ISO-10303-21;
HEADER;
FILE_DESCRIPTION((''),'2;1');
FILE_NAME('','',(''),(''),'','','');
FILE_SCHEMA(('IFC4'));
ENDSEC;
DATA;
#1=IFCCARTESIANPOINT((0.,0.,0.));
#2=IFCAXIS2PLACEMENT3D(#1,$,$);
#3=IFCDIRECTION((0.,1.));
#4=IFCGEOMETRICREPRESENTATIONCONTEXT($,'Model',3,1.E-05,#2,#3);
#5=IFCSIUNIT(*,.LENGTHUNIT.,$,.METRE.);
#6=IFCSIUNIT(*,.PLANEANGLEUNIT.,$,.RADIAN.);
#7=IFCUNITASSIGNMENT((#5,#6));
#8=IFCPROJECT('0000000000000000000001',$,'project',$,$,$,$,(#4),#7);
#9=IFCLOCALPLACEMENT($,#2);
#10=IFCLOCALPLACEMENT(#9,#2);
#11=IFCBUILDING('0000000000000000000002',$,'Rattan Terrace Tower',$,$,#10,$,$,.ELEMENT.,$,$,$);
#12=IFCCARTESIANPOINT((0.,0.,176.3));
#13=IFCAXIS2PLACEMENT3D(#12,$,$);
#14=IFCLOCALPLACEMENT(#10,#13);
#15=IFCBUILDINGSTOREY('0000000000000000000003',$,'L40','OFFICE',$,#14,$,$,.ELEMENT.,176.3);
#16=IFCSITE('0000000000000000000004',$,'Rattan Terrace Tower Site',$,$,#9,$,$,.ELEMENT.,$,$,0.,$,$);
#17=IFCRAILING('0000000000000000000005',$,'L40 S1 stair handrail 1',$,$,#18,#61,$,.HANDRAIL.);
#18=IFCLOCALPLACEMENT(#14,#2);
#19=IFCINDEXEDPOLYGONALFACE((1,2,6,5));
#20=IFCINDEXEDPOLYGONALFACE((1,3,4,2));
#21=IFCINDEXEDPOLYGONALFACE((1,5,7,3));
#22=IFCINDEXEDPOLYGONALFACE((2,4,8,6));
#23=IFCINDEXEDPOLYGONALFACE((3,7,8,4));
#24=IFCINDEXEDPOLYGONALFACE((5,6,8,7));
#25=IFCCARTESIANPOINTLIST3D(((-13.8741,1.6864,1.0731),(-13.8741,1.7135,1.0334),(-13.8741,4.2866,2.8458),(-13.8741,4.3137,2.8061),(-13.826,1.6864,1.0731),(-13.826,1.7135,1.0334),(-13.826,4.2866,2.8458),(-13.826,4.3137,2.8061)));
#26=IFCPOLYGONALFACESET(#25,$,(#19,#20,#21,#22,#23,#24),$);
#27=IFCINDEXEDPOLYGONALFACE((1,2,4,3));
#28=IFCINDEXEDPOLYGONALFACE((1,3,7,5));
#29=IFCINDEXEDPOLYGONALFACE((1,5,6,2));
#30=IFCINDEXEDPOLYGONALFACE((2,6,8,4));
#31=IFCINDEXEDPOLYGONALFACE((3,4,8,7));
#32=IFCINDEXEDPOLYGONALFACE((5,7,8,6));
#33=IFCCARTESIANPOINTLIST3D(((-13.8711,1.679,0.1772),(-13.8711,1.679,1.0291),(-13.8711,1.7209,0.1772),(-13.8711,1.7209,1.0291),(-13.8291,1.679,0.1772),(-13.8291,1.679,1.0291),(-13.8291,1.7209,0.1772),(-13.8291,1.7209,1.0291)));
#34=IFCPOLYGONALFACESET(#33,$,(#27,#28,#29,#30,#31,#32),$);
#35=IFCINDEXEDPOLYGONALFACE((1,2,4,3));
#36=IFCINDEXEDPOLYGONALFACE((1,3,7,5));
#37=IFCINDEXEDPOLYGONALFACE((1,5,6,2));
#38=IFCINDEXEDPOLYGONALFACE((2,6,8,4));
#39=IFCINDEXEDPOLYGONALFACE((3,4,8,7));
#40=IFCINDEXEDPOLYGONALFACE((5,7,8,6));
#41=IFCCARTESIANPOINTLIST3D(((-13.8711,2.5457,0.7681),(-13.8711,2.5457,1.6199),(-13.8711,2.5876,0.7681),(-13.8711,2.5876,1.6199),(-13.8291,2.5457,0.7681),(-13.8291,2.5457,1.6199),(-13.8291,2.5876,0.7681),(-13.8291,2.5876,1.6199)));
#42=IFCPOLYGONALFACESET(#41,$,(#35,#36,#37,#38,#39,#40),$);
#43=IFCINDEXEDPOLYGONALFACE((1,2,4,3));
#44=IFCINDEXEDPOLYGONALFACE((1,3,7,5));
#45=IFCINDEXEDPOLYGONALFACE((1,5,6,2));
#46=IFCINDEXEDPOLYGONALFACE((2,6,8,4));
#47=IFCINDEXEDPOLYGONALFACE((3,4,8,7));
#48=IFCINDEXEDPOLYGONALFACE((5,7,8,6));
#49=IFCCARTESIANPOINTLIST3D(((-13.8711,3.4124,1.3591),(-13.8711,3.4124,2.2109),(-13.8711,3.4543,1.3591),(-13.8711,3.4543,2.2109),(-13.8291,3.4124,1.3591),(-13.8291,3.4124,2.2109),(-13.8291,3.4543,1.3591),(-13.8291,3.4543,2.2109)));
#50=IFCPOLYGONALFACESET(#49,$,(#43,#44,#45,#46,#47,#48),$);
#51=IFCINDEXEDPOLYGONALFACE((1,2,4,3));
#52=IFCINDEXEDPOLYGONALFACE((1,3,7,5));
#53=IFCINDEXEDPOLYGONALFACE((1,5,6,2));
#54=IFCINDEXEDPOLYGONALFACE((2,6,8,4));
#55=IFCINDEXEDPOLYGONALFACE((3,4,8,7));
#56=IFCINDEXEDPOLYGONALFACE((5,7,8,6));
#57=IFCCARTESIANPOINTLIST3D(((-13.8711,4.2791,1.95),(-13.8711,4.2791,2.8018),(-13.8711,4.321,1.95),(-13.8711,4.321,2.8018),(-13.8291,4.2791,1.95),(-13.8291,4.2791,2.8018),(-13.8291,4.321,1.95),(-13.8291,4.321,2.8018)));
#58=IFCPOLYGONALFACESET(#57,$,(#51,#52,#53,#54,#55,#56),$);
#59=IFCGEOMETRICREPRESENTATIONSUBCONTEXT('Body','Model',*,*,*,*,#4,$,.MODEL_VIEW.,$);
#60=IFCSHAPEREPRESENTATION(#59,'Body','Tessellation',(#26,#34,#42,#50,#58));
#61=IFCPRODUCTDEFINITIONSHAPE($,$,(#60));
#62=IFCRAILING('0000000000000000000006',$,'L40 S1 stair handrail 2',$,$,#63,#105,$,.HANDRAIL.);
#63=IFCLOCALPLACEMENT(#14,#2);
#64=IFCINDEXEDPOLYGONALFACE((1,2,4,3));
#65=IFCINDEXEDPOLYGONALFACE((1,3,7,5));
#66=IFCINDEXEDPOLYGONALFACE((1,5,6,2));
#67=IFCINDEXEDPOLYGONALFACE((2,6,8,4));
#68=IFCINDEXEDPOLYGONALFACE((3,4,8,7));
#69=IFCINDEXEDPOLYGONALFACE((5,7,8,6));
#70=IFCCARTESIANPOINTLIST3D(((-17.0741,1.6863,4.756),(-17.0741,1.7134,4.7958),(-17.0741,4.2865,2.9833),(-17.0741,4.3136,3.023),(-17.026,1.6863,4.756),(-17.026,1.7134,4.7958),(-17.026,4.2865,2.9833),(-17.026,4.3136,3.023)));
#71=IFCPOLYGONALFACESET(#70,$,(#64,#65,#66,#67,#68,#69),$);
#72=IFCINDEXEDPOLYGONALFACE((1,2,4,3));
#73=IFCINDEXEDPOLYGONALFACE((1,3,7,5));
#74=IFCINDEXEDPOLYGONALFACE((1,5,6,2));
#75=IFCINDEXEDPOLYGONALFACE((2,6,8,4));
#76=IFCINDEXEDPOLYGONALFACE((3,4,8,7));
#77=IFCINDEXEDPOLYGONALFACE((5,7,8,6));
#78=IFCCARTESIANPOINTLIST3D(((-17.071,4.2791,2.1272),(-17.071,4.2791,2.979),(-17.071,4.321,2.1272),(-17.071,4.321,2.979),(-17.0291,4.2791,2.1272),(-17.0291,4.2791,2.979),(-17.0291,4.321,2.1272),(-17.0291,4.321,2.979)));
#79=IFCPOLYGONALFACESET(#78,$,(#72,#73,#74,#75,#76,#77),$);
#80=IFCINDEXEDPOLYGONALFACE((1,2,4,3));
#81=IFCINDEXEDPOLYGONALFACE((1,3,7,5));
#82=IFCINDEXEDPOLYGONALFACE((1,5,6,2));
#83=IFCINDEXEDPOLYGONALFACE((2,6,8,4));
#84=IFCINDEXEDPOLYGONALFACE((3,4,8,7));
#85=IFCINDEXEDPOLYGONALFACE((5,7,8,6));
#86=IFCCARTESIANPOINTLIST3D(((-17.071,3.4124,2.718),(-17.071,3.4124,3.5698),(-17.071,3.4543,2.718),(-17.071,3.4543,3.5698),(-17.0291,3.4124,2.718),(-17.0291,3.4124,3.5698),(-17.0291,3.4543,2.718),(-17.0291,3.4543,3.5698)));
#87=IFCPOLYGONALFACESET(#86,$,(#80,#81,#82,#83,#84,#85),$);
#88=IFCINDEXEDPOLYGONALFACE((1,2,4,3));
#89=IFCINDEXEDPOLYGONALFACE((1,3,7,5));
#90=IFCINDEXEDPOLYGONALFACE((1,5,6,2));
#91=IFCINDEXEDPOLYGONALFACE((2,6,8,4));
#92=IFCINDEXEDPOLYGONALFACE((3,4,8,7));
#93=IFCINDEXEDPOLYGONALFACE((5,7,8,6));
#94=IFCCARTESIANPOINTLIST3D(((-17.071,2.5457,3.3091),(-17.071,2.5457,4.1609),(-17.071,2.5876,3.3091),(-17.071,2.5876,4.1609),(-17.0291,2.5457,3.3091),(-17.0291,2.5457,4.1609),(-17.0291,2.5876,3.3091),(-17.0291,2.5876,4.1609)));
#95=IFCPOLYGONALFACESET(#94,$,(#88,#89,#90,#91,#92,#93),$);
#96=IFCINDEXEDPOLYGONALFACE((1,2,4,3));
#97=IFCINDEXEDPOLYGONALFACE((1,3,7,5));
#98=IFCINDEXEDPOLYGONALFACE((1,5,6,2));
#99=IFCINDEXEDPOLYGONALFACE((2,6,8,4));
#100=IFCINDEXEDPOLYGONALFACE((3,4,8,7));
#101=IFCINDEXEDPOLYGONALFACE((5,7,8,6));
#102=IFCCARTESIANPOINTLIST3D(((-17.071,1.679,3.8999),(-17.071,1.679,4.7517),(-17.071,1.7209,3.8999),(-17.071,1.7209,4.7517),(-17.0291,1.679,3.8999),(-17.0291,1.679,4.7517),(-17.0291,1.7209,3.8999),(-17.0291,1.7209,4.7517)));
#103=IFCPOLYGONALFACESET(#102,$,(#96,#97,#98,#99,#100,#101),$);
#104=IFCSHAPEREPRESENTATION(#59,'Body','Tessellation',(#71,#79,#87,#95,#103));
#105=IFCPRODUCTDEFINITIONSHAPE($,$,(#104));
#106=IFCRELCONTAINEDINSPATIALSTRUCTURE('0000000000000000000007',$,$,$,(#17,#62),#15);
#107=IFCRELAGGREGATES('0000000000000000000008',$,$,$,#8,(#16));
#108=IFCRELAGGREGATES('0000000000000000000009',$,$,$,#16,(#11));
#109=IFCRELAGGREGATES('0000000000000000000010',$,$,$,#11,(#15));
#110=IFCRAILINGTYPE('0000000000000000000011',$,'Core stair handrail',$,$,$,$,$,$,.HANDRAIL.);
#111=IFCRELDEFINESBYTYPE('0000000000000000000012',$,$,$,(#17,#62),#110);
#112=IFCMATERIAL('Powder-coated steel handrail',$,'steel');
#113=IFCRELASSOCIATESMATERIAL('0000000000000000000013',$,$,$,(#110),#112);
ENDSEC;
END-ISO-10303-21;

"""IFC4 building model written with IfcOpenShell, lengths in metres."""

from ifc_helpers import new_model, si_unit, direction, frame, origin, origin_2d, place, context, subcontext, project, spatial, rectangle, extrude, material, type_object, element, save


model = new_model("IFC4")

# Units and contexts
model_context = context("Model", 3, precision=1e-05, world=origin(), true_north=direction((0.0, 1.0)))
body_context = subcontext(model_context, "Body", "Model", "MODEL_VIEW")
ifc_project = project(units=[si_unit("LENGTHUNIT", "METRE"), si_unit("PLANEANGLEUNIT", "RADIAN")], contexts=[model_context])

# Site, building, storey
site_placement = place(None, origin())
site = spatial("IfcSite", under=ifc_project, at=site_placement, Name="Rattan Terrace Tower Site", CompositionType="ELEMENT", RefElevation=0.0)
building_placement = place(site_placement, origin())
building = spatial("IfcBuilding", under=site, at=building_placement, Name="Rattan Terrace Tower", CompositionType="ELEMENT")
storey_placement = place(building_placement, frame((0.0, 0.0, 176.3)))
storey = spatial("IfcBuildingStorey", under=building, at=storey_placement, Name="L40", Description="OFFICE", CompositionType="ELEMENT", Elevation=176.3)

# Railings
ifc_material_1 = material(Name="Powder-coated steel handrail", Category="steel")
railing_type_1 = type_object("IfcRailingType", Name="Core stair handrail", PredefinedType="HANDRAIL", material=ifc_material_1)
railing_1_placement = place(storey_placement, frame((-13.8501, 1.7, 0.1772)))
element("IfcRailing", 1, at=railing_1_placement, inside=storey, type_object=railing_type_1, Name="L40 S1 stair handrail 1", PredefinedType="HANDRAIL", context=body_context, shape_type="SweptSolid", body=[
    extrude(rectangle(XDim=0.0481, YDim=0.0481, at=origin_2d()), frame((0.0, 0.0, 0.876), z_axis=(0.0, 0.82624, 0.563318), x_axis=(-1.0, 0.0, 0.0)), (0.0, 0.0, 1.0), 3.147),
    extrude(rectangle(XDim=0.042, YDim=0.042, at=origin_2d()), origin(), (0.0, 0.0, 1.0), 0.8518),
    extrude(rectangle(XDim=0.042, YDim=0.042, at=origin_2d()), frame((0.0, 0.8667, 0.5908)), (0.0, 0.0, 1.0), 0.8518),
    extrude(rectangle(XDim=0.042, YDim=0.042, at=origin_2d()), frame((0.0, 1.7334, 1.1819)), (0.0, 0.0, 1.0), 0.8518),
    extrude(rectangle(XDim=0.042, YDim=0.042, at=origin_2d()), frame((0.0, 2.6001, 1.7727)), (0.0, 0.0, 1.0), 0.8518),
])
railing_2_placement = place(storey_placement, frame((-17.05, 4.3, 2.1272)))
element("IfcRailing", 2, at=railing_2_placement, inside=storey, type_object=railing_type_1, Name="L40 S1 stair handrail 2", PredefinedType="HANDRAIL", context=body_context, shape_type="SweptSolid", body=[
    extrude(rectangle(XDim=0.0481, YDim=0.0481, at=origin_2d()), frame((0.0, 0.0, 0.876), z_axis=(0.0, -0.82624, 0.563318), x_axis=(1.0, 0.0, 0.0)), (0.0, 0.0, 1.0), 3.147),
    extrude(rectangle(XDim=0.042, YDim=0.042, at=origin_2d()), origin(), (0.0, 0.0, 1.0), 0.8518),
    extrude(rectangle(XDim=0.042, YDim=0.042, at=origin_2d()), frame((0.0, -0.8667, 0.5908)), (0.0, 0.0, 1.0), 0.8518),
    extrude(rectangle(XDim=0.042, YDim=0.042, at=origin_2d()), frame((0.0, -1.7334, 1.1819)), (0.0, 0.0, 1.0), 0.8518),
    extrude(rectangle(XDim=0.042, YDim=0.042, at=origin_2d()), frame((0.0, -2.6001, 1.7727)), (0.0, 0.0, 1.0), 0.8518),
])

save(model, "model.ifc")
